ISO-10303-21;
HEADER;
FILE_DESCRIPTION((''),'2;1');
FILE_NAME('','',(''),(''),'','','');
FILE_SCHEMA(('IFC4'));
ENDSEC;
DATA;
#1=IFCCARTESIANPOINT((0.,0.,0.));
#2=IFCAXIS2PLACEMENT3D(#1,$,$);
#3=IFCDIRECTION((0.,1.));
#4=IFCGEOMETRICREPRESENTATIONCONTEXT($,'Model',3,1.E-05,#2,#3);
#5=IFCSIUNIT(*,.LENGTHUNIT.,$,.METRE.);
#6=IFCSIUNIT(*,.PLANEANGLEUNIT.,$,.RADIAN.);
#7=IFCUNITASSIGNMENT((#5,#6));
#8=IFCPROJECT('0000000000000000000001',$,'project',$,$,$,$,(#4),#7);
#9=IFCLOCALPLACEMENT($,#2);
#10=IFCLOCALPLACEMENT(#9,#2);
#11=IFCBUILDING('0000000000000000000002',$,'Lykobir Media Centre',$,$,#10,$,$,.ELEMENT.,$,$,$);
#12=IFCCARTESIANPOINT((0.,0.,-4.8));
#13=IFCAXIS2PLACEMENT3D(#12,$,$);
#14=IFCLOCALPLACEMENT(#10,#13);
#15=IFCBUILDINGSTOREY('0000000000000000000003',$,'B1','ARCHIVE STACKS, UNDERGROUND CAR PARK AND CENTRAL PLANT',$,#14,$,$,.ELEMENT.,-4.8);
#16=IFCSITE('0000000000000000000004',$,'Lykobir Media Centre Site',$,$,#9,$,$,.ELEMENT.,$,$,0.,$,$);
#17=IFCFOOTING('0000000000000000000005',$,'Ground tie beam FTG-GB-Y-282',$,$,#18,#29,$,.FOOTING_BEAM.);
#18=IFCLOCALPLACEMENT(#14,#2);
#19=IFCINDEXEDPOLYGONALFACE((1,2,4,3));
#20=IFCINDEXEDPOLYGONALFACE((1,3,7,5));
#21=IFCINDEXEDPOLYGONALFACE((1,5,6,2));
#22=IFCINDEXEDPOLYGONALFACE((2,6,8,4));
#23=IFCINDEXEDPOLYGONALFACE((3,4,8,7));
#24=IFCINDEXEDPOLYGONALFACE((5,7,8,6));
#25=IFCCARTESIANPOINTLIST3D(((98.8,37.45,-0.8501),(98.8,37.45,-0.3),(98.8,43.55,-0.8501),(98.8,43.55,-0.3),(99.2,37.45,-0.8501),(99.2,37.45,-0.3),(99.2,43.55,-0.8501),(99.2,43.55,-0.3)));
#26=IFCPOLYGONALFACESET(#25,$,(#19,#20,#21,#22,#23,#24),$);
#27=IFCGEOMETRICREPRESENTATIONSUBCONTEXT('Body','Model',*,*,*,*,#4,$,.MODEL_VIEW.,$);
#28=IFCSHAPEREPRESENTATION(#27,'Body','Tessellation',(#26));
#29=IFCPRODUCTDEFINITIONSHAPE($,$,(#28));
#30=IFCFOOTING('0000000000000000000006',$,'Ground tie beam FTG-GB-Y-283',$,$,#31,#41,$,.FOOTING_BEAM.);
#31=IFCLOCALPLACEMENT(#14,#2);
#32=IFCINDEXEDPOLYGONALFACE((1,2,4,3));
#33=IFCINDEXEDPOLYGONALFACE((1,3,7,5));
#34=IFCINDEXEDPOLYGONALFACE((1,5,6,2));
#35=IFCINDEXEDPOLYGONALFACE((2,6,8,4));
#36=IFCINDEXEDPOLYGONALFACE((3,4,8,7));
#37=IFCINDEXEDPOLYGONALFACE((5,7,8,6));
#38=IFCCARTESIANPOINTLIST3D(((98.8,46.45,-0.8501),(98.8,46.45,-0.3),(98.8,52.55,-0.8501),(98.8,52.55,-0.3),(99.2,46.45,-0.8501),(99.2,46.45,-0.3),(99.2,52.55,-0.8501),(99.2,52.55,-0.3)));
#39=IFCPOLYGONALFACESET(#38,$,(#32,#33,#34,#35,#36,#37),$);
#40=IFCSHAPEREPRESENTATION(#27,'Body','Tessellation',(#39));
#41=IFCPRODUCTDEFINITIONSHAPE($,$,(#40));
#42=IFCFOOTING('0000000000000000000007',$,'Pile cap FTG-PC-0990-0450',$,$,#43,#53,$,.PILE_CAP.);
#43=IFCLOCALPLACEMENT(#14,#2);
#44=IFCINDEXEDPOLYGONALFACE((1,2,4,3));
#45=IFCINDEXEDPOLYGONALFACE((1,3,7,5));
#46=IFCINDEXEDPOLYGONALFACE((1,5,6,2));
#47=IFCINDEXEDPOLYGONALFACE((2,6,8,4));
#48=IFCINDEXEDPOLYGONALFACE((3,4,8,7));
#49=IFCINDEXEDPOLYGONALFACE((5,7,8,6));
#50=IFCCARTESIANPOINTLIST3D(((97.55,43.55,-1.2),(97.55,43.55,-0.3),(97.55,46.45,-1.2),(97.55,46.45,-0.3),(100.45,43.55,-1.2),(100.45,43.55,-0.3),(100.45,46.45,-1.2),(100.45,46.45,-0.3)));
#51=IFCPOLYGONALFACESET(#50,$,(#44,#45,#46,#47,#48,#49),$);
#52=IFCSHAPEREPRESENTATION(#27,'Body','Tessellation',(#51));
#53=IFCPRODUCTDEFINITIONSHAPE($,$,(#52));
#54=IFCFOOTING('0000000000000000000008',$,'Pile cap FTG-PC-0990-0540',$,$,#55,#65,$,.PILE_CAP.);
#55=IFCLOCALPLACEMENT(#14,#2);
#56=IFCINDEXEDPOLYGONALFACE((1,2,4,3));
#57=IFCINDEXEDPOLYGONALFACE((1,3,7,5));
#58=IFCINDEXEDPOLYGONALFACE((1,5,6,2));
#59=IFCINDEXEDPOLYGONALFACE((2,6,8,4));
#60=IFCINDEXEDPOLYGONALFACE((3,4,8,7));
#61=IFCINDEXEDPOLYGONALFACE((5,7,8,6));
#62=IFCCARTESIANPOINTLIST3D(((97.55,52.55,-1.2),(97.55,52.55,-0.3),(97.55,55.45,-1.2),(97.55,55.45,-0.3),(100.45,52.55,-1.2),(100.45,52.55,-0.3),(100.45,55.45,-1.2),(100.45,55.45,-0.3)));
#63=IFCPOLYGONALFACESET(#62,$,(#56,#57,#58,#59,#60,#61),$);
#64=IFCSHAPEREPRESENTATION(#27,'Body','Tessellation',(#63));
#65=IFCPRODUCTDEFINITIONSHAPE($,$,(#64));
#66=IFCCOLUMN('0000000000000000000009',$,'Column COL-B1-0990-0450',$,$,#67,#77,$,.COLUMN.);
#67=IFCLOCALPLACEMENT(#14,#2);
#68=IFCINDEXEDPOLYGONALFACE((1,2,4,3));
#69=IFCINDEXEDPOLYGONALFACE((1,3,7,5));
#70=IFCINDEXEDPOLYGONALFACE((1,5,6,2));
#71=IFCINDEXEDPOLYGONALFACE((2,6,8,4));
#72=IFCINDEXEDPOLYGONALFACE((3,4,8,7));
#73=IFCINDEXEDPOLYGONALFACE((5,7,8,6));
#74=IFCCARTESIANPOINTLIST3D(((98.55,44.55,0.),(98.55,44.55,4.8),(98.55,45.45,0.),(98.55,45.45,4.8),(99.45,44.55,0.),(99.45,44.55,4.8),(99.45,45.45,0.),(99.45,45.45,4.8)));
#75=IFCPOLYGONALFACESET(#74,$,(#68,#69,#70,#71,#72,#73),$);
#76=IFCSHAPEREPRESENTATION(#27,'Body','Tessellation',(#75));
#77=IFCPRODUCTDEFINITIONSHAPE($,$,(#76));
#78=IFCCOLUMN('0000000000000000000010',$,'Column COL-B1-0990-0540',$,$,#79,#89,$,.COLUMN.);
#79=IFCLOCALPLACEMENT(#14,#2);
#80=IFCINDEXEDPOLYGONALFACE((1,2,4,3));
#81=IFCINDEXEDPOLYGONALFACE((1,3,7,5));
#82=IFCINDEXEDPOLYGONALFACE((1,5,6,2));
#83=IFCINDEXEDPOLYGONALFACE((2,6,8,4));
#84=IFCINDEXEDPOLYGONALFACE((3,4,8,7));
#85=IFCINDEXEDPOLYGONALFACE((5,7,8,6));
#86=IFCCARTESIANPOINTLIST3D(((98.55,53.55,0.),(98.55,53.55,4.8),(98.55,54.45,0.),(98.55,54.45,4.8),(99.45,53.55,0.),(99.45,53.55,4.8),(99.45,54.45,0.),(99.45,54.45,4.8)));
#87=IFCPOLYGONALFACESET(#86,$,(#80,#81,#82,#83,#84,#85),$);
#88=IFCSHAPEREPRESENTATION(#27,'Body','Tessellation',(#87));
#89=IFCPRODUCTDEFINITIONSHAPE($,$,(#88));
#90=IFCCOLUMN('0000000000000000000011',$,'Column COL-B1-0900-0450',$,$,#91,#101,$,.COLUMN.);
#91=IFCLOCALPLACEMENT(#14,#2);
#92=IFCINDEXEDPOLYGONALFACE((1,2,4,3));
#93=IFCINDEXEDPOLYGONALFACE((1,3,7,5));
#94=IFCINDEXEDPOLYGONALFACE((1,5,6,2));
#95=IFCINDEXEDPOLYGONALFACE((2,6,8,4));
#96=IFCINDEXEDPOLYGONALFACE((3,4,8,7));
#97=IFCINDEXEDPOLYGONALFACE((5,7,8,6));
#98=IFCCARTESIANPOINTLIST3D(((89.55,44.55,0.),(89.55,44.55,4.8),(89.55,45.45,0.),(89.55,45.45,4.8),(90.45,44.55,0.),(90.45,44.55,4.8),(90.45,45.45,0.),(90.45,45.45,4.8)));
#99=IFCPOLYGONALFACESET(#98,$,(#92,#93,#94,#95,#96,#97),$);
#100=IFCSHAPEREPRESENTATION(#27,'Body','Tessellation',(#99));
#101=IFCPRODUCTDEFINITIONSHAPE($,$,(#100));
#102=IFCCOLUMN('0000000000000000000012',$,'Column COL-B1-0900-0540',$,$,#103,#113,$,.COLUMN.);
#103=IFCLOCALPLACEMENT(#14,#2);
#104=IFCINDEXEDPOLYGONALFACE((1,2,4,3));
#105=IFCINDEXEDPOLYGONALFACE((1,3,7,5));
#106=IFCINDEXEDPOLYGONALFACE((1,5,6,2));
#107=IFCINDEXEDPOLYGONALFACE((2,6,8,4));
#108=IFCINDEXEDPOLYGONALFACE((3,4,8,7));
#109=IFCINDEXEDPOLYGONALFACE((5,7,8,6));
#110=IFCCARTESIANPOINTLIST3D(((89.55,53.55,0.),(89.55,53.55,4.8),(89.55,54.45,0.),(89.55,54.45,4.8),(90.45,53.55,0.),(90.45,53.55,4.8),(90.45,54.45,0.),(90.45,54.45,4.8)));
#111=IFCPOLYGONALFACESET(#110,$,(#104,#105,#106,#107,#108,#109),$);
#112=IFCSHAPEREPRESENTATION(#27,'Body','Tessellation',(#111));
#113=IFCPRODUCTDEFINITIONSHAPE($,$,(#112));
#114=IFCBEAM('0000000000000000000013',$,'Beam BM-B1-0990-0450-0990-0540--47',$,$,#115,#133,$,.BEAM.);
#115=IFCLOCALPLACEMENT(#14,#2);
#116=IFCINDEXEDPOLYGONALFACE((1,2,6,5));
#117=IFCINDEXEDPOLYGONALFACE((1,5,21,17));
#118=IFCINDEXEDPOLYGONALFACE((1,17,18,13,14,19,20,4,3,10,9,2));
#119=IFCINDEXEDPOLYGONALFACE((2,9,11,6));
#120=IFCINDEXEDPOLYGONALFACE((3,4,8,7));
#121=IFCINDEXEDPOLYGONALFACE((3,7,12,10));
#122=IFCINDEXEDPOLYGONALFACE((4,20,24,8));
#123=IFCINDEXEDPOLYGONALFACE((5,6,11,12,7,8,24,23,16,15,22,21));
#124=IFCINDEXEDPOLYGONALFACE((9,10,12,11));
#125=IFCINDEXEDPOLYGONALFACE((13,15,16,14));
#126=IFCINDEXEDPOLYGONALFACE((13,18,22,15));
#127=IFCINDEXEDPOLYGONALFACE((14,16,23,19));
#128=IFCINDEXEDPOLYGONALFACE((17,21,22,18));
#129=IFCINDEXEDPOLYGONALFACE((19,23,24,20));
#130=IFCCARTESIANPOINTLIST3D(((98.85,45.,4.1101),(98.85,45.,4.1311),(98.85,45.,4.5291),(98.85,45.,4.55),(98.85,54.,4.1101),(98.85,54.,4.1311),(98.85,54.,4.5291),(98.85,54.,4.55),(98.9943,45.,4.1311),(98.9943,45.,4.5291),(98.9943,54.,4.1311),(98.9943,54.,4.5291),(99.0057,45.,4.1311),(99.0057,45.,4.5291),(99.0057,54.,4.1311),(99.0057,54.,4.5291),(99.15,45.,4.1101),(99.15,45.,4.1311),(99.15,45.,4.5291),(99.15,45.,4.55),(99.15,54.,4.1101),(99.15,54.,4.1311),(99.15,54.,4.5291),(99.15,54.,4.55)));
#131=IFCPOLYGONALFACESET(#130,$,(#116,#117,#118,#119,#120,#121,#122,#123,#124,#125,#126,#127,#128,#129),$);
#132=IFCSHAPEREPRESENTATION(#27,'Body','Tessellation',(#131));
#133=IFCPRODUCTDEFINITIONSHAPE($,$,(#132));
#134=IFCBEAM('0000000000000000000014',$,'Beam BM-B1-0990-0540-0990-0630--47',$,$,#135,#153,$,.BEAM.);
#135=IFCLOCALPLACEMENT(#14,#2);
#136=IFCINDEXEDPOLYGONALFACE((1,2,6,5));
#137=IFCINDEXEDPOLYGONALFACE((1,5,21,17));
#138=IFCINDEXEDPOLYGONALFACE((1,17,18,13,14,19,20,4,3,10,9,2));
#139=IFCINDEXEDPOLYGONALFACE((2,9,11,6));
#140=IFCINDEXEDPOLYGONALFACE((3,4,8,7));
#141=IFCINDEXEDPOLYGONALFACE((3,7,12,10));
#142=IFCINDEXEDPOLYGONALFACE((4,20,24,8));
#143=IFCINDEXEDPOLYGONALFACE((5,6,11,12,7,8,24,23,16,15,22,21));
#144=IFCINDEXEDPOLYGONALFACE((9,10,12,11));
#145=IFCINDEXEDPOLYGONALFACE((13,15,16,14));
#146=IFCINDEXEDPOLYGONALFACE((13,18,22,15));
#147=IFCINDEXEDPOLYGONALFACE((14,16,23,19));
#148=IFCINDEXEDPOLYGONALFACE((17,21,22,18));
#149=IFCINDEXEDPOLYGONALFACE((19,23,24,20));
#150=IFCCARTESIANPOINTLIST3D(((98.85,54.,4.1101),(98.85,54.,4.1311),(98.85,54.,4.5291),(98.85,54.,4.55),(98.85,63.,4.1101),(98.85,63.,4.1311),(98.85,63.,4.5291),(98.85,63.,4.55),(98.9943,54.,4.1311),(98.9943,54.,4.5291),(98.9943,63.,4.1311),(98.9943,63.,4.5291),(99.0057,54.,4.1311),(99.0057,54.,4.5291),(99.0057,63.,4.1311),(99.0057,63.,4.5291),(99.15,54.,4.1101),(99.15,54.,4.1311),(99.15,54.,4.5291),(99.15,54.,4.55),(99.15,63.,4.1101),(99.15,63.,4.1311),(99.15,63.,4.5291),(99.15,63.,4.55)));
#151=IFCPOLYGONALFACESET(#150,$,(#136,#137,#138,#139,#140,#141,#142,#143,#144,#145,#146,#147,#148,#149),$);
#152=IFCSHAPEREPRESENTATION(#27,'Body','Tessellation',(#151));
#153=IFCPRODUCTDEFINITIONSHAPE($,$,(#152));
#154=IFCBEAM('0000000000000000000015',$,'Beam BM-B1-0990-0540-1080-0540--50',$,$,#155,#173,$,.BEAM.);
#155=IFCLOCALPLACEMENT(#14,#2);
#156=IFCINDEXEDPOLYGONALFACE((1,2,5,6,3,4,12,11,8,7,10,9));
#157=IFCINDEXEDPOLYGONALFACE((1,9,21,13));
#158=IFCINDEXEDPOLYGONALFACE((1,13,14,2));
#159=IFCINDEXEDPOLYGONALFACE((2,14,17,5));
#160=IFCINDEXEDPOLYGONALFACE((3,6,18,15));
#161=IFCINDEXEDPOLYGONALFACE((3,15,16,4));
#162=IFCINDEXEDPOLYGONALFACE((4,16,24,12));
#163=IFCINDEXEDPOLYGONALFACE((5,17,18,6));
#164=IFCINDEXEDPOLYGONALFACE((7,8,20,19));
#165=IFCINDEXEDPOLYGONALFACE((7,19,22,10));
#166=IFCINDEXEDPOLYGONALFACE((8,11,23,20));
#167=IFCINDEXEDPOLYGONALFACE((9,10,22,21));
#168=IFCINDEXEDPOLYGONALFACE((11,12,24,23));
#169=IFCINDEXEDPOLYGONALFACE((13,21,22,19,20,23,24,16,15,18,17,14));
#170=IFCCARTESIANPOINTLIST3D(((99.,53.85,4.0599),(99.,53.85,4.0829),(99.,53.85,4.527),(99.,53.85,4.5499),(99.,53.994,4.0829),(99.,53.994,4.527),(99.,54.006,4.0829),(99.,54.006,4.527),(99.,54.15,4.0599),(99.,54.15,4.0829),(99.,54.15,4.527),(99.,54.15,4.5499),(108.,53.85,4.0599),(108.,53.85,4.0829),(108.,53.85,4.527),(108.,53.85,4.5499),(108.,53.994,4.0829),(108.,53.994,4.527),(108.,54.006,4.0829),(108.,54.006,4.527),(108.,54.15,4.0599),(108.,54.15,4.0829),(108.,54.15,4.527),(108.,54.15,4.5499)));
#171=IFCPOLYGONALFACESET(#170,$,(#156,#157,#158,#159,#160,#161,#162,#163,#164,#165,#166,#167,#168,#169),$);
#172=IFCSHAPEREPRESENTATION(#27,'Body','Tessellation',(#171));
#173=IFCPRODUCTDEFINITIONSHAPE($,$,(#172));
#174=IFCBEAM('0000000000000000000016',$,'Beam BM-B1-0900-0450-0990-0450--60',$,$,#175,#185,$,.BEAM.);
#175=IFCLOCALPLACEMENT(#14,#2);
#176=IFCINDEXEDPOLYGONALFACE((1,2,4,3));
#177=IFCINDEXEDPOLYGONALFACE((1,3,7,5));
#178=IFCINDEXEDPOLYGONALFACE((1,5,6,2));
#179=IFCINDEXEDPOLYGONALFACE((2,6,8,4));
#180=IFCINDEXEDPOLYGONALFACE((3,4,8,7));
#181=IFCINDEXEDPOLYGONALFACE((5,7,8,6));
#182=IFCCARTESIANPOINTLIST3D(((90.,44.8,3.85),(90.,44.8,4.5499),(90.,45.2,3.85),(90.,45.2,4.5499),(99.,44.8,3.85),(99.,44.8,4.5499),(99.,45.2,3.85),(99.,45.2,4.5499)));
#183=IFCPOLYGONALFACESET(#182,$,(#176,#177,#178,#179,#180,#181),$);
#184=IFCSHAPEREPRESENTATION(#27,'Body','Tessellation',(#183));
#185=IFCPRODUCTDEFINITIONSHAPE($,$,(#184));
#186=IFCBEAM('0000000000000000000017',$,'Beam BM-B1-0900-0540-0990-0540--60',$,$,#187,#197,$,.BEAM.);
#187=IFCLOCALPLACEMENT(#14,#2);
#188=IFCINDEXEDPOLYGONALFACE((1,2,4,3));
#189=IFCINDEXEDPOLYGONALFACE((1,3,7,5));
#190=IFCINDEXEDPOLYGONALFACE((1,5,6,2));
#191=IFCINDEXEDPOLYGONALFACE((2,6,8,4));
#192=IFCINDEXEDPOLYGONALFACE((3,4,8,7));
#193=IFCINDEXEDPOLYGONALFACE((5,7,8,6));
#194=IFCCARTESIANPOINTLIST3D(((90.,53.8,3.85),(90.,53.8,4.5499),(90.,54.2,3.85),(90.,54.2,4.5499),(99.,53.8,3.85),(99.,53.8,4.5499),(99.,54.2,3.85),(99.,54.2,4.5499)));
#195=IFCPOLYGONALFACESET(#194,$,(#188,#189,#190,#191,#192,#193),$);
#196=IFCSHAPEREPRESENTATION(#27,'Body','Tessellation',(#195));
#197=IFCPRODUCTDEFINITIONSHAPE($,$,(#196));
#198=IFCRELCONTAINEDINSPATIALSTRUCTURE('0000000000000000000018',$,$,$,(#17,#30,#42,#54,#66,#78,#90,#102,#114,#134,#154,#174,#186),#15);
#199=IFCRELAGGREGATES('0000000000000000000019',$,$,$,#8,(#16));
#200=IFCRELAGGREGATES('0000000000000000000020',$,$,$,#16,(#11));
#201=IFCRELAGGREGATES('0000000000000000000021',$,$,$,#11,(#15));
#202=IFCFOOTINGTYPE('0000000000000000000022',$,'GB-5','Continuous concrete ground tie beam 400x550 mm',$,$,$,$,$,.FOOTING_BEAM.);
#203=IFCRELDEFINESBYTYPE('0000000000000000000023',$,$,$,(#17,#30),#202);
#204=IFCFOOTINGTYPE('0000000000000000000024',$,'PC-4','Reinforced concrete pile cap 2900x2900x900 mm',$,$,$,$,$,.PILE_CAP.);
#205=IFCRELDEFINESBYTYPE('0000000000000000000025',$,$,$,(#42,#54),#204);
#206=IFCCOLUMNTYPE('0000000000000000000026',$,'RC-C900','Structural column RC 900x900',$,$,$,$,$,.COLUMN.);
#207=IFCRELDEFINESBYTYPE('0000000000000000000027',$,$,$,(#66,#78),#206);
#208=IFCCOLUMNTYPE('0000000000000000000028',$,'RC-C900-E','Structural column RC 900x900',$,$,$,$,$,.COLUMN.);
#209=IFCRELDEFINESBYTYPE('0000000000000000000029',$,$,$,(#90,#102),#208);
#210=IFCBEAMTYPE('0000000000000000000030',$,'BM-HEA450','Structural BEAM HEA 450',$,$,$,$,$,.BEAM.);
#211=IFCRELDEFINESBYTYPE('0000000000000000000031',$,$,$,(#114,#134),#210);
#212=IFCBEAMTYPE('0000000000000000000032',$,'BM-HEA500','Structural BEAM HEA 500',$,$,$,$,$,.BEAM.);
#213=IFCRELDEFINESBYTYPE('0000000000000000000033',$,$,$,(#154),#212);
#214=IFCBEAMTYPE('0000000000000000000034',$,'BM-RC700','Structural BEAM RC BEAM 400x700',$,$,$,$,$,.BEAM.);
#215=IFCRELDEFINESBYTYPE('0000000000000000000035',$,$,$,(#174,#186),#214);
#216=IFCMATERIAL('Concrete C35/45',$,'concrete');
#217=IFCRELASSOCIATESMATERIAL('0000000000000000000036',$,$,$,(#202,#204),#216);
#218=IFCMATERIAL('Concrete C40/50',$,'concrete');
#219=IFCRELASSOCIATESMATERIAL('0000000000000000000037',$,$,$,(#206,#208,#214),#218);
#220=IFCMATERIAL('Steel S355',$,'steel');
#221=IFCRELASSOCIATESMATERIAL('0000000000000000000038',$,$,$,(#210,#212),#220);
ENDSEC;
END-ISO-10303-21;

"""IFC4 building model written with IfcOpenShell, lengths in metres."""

from ifc_helpers import new_model, si_unit, direction, frame, origin, origin_2d, place, context, subcontext, project, spatial, rectangle, i_section, extrude, material, material_profile, profile_set, type_object, element, save


model = new_model("IFC4")

# Units and contexts
model_context = context("Model", 3, precision=1e-05, world=origin(), true_north=direction((0.0, 1.0)))
body_context = subcontext(model_context, "Body", "Model", "MODEL_VIEW")
ifc_project = project(units=[si_unit("LENGTHUNIT", "METRE"), si_unit("PLANEANGLEUNIT", "RADIAN")], contexts=[model_context])

# Site, building, storey
site_placement = place(None, origin())
site = spatial("IfcSite", under=ifc_project, at=site_placement, Name="Lykobir Media Centre Site", CompositionType="ELEMENT", RefElevation=0.0)
building_placement = place(site_placement, origin())
building = spatial("IfcBuilding", under=site, at=building_placement, Name="Lykobir Media Centre", CompositionType="ELEMENT")
storey_placement = place(building_placement, frame((0.0, 0.0, -4.8)))
storey = spatial("IfcBuildingStorey", under=building, at=storey_placement, Name="B1", Description="ARCHIVE STACKS, UNDERGROUND CAR PARK AND CENTRAL PLANT", CompositionType="ELEMENT", Elevation=-4.8)

# Footings
ifc_material_1 = material(Name="Concrete C35/45", Category="concrete")
footing_type_1 = type_object("IfcFootingType", Name="GB-5", Description="Continuous concrete ground tie beam 400x550 mm", PredefinedType="FOOTING_BEAM", material=ifc_material_1)
for number, where, z_axis, x_axis, name in (
    (1, (99.0, 40.5, -0.8501), (0.0, 0.0, 1.0), (0.0, 1.0, 0.0), "Ground tie beam FTG-GB-Y-282"),
    (2, (99.0, 49.5, -0.8501), (0.0, 0.0, 1.0), (0.0, 1.0, 0.0), "Ground tie beam FTG-GB-Y-283"),
):
    element("IfcFooting", number, at=place(storey_placement, frame(where, z_axis=z_axis, x_axis=x_axis)), inside=storey, type_object=footing_type_1, Name=name, PredefinedType="FOOTING_BEAM", context=body_context, shape_type="SweptSolid", body=[
        extrude(rectangle(XDim=6.1001, YDim=0.3999, at=origin_2d()), origin(), (0.0, 0.0, 1.0), 0.55),
    ])
footing_type_2 = type_object("IfcFootingType", Name="PC-4", Description="Reinforced concrete pile cap 2900x2900x900 mm", PredefinedType="PILE_CAP", material=ifc_material_1)
for number, where, z_axis, x_axis, name in (
    (3, (99.0, 45.0, -1.2), (0.0, 0.0, 1.0), (1.0, 0.0, 0.0), "Pile cap FTG-PC-0990-0450"),
    (4, (99.0, 54.0, -1.2), (0.0, 0.0, 1.0), (1.0, 0.0, 0.0), "Pile cap FTG-PC-0990-0540"),
):
    element("IfcFooting", number, at=place(storey_placement, frame(where, z_axis=z_axis, x_axis=x_axis)), inside=storey, type_object=footing_type_2, Name=name, PredefinedType="PILE_CAP", context=body_context, shape_type="SweptSolid", body=[
        extrude(rectangle(XDim=2.8999, YDim=2.8999, at=origin_2d()), origin(), (0.0, 0.0, 1.0), 0.8999),
    ])

# Columns
ifc_material_2 = material(Name="Concrete C40/50", Category="concrete")
ifc_material_profile_1 = material_profile(ifc_material_2, rectangle(XDim=0.8999, YDim=0.8999, at=origin_2d()), Name="RC 900x900")
ifc_profile_set_1 = profile_set([ifc_material_profile_1], Name="Concrete C40/50")
column_type_1 = type_object("IfcColumnType", Name="RC-C900", Description="Structural column RC 900x900", PredefinedType="COLUMN", material=ifc_profile_set_1)
for number, where, z_axis, x_axis, name in (
    (5, (99.0, 45.0, 0.0), (0.0, 0.0, 1.0), (1.0, 0.0, 0.0), "Column COL-B1-0990-0450"),
    (6, (99.0, 54.0, 0.0), (0.0, 0.0, 1.0), (1.0, 0.0, 0.0), "Column COL-B1-0990-0540"),
):
    element("IfcColumn", number, at=place(storey_placement, frame(where, z_axis=z_axis, x_axis=x_axis)), inside=storey, type_object=column_type_1, Name=name, PredefinedType="COLUMN", context=body_context, shape_type="SweptSolid", body=[
        extrude(rectangle(XDim=0.8999, YDim=0.8999, at=origin_2d()), origin(), (0.0, 0.0, 1.0), 4.8),
    ])
ifc_material_profile_2 = material_profile(ifc_material_2, rectangle(XDim=0.8999, YDim=0.8999, at=origin_2d()), Name="RC 900x900")
ifc_profile_set_2 = profile_set([ifc_material_profile_2], Name="Concrete C40/50")
column_type_2 = type_object("IfcColumnType", Name="RC-C900-E", Description="Structural column RC 900x900", PredefinedType="COLUMN", material=ifc_profile_set_2)
for number, where, z_axis, x_axis, name in (
    (7, (90.0, 45.0, 0.0), (0.0, 0.0, 1.0), (1.0, 0.0, 0.0), "Column COL-B1-0900-0450"),
    (8, (90.0, 54.0, 0.0), (0.0, 0.0, 1.0), (1.0, 0.0, 0.0), "Column COL-B1-0900-0540"),
):
    element("IfcColumn", number, at=place(storey_placement, frame(where, z_axis=z_axis, x_axis=x_axis)), inside=storey, type_object=column_type_2, Name=name, PredefinedType="COLUMN", context=body_context, shape_type="SweptSolid", body=[
        extrude(rectangle(XDim=0.8999, YDim=0.8999, at=origin_2d()), origin(), (0.0, 0.0, 1.0), 4.8),
    ])

# Beams
ifc_material_3 = material(Name="Steel S355", Category="steel")
ifc_material_profile_3 = material_profile(ifc_material_3, i_section(OverallWidth=0.3, OverallDepth=0.4399, WebThickness=0.0115, FlangeThickness=0.021, at=origin_2d()), Name="HEA 450")
ifc_profile_set_3 = profile_set([ifc_material_profile_3], Name="Steel S355")
beam_type_1 = type_object("IfcBeamType", Name="BM-HEA450", Description="Structural BEAM HEA 450", PredefinedType="BEAM", material=ifc_profile_set_3)
for number, where, z_axis, x_axis, name in (
    (9, (99.0, 45.0, 4.3301), (0.0, 1.0, 0.0), (-1.0, 0.0, 0.0), "Beam BM-B1-0990-0450-0990-0540--47"),
    (10, (99.0, 54.0, 4.3301), (0.0, 1.0, 0.0), (-1.0, 0.0, 0.0), "Beam BM-B1-0990-0540-0990-0630--47"),
):
    element("IfcBeam", number, at=place(storey_placement, frame(where, z_axis=z_axis, x_axis=x_axis)), inside=storey, type_object=beam_type_1, Name=name, PredefinedType="BEAM", context=body_context, shape_type="SweptSolid", body=[
        extrude(i_section(OverallWidth=0.3, OverallDepth=0.4399, WebThickness=0.0115, FlangeThickness=0.021, at=origin_2d()), origin(), (0.0, 0.0, 1.0), 9.0),
    ])
ifc_material_profile_4 = material_profile(ifc_material_3, i_section(OverallWidth=0.3, OverallDepth=0.49, WebThickness=0.012, FlangeThickness=0.0229, at=origin_2d()), Name="HEA 500")
ifc_profile_set_4 = profile_set([ifc_material_profile_4], Name="Steel S355")
beam_type_2 = type_object("IfcBeamType", Name="BM-HEA500", Description="Structural BEAM HEA 500", PredefinedType="BEAM", material=ifc_profile_set_4)
beam_placement = place(storey_placement, frame((99.0, 54.0, 4.3049), z_axis=(1.0, 0.0, 0.0), x_axis=(0.0, 1.0, 0.0)))
element("IfcBeam", 11, at=beam_placement, inside=storey, type_object=beam_type_2, Name="Beam BM-B1-0990-0540-1080-0540--50", PredefinedType="BEAM", context=body_context, shape_type="SweptSolid", body=[
    extrude(i_section(OverallWidth=0.3, OverallDepth=0.49, WebThickness=0.012, FlangeThickness=0.0229, at=origin_2d()), origin(), (0.0, 0.0, 1.0), 9.0),
])
ifc_material_profile_5 = material_profile(ifc_material_2, rectangle(XDim=0.3999, YDim=0.7, at=origin_2d()), Name="RC BEAM 400x700")
ifc_profile_set_5 = profile_set([ifc_material_profile_5], Name="Concrete C40/50")
beam_type_3 = type_object("IfcBeamType", Name="BM-RC700", Description="Structural BEAM RC BEAM 400x700", PredefinedType="BEAM", material=ifc_profile_set_5)
for number, where, z_axis, x_axis, name in (
    (12, (90.0, 45.0, 4.2), (1.0, 0.0, 0.0), (0.0, 1.0, 0.0), "Beam BM-B1-0900-0450-0990-0450--60"),
    (13, (90.0, 54.0, 4.2), (1.0, 0.0, 0.0), (0.0, 1.0, 0.0), "Beam BM-B1-0900-0540-0990-0540--60"),
):
    element("IfcBeam", number, at=place(storey_placement, frame(where, z_axis=z_axis, x_axis=x_axis)), inside=storey, type_object=beam_type_3, Name=name, PredefinedType="BEAM", context=body_context, shape_type="SweptSolid", body=[
        extrude(rectangle(XDim=0.3999, YDim=0.7, at=origin_2d()), origin(), (0.0, 0.0, 1.0), 9.0),
    ])

save(model, "model.ifc")
